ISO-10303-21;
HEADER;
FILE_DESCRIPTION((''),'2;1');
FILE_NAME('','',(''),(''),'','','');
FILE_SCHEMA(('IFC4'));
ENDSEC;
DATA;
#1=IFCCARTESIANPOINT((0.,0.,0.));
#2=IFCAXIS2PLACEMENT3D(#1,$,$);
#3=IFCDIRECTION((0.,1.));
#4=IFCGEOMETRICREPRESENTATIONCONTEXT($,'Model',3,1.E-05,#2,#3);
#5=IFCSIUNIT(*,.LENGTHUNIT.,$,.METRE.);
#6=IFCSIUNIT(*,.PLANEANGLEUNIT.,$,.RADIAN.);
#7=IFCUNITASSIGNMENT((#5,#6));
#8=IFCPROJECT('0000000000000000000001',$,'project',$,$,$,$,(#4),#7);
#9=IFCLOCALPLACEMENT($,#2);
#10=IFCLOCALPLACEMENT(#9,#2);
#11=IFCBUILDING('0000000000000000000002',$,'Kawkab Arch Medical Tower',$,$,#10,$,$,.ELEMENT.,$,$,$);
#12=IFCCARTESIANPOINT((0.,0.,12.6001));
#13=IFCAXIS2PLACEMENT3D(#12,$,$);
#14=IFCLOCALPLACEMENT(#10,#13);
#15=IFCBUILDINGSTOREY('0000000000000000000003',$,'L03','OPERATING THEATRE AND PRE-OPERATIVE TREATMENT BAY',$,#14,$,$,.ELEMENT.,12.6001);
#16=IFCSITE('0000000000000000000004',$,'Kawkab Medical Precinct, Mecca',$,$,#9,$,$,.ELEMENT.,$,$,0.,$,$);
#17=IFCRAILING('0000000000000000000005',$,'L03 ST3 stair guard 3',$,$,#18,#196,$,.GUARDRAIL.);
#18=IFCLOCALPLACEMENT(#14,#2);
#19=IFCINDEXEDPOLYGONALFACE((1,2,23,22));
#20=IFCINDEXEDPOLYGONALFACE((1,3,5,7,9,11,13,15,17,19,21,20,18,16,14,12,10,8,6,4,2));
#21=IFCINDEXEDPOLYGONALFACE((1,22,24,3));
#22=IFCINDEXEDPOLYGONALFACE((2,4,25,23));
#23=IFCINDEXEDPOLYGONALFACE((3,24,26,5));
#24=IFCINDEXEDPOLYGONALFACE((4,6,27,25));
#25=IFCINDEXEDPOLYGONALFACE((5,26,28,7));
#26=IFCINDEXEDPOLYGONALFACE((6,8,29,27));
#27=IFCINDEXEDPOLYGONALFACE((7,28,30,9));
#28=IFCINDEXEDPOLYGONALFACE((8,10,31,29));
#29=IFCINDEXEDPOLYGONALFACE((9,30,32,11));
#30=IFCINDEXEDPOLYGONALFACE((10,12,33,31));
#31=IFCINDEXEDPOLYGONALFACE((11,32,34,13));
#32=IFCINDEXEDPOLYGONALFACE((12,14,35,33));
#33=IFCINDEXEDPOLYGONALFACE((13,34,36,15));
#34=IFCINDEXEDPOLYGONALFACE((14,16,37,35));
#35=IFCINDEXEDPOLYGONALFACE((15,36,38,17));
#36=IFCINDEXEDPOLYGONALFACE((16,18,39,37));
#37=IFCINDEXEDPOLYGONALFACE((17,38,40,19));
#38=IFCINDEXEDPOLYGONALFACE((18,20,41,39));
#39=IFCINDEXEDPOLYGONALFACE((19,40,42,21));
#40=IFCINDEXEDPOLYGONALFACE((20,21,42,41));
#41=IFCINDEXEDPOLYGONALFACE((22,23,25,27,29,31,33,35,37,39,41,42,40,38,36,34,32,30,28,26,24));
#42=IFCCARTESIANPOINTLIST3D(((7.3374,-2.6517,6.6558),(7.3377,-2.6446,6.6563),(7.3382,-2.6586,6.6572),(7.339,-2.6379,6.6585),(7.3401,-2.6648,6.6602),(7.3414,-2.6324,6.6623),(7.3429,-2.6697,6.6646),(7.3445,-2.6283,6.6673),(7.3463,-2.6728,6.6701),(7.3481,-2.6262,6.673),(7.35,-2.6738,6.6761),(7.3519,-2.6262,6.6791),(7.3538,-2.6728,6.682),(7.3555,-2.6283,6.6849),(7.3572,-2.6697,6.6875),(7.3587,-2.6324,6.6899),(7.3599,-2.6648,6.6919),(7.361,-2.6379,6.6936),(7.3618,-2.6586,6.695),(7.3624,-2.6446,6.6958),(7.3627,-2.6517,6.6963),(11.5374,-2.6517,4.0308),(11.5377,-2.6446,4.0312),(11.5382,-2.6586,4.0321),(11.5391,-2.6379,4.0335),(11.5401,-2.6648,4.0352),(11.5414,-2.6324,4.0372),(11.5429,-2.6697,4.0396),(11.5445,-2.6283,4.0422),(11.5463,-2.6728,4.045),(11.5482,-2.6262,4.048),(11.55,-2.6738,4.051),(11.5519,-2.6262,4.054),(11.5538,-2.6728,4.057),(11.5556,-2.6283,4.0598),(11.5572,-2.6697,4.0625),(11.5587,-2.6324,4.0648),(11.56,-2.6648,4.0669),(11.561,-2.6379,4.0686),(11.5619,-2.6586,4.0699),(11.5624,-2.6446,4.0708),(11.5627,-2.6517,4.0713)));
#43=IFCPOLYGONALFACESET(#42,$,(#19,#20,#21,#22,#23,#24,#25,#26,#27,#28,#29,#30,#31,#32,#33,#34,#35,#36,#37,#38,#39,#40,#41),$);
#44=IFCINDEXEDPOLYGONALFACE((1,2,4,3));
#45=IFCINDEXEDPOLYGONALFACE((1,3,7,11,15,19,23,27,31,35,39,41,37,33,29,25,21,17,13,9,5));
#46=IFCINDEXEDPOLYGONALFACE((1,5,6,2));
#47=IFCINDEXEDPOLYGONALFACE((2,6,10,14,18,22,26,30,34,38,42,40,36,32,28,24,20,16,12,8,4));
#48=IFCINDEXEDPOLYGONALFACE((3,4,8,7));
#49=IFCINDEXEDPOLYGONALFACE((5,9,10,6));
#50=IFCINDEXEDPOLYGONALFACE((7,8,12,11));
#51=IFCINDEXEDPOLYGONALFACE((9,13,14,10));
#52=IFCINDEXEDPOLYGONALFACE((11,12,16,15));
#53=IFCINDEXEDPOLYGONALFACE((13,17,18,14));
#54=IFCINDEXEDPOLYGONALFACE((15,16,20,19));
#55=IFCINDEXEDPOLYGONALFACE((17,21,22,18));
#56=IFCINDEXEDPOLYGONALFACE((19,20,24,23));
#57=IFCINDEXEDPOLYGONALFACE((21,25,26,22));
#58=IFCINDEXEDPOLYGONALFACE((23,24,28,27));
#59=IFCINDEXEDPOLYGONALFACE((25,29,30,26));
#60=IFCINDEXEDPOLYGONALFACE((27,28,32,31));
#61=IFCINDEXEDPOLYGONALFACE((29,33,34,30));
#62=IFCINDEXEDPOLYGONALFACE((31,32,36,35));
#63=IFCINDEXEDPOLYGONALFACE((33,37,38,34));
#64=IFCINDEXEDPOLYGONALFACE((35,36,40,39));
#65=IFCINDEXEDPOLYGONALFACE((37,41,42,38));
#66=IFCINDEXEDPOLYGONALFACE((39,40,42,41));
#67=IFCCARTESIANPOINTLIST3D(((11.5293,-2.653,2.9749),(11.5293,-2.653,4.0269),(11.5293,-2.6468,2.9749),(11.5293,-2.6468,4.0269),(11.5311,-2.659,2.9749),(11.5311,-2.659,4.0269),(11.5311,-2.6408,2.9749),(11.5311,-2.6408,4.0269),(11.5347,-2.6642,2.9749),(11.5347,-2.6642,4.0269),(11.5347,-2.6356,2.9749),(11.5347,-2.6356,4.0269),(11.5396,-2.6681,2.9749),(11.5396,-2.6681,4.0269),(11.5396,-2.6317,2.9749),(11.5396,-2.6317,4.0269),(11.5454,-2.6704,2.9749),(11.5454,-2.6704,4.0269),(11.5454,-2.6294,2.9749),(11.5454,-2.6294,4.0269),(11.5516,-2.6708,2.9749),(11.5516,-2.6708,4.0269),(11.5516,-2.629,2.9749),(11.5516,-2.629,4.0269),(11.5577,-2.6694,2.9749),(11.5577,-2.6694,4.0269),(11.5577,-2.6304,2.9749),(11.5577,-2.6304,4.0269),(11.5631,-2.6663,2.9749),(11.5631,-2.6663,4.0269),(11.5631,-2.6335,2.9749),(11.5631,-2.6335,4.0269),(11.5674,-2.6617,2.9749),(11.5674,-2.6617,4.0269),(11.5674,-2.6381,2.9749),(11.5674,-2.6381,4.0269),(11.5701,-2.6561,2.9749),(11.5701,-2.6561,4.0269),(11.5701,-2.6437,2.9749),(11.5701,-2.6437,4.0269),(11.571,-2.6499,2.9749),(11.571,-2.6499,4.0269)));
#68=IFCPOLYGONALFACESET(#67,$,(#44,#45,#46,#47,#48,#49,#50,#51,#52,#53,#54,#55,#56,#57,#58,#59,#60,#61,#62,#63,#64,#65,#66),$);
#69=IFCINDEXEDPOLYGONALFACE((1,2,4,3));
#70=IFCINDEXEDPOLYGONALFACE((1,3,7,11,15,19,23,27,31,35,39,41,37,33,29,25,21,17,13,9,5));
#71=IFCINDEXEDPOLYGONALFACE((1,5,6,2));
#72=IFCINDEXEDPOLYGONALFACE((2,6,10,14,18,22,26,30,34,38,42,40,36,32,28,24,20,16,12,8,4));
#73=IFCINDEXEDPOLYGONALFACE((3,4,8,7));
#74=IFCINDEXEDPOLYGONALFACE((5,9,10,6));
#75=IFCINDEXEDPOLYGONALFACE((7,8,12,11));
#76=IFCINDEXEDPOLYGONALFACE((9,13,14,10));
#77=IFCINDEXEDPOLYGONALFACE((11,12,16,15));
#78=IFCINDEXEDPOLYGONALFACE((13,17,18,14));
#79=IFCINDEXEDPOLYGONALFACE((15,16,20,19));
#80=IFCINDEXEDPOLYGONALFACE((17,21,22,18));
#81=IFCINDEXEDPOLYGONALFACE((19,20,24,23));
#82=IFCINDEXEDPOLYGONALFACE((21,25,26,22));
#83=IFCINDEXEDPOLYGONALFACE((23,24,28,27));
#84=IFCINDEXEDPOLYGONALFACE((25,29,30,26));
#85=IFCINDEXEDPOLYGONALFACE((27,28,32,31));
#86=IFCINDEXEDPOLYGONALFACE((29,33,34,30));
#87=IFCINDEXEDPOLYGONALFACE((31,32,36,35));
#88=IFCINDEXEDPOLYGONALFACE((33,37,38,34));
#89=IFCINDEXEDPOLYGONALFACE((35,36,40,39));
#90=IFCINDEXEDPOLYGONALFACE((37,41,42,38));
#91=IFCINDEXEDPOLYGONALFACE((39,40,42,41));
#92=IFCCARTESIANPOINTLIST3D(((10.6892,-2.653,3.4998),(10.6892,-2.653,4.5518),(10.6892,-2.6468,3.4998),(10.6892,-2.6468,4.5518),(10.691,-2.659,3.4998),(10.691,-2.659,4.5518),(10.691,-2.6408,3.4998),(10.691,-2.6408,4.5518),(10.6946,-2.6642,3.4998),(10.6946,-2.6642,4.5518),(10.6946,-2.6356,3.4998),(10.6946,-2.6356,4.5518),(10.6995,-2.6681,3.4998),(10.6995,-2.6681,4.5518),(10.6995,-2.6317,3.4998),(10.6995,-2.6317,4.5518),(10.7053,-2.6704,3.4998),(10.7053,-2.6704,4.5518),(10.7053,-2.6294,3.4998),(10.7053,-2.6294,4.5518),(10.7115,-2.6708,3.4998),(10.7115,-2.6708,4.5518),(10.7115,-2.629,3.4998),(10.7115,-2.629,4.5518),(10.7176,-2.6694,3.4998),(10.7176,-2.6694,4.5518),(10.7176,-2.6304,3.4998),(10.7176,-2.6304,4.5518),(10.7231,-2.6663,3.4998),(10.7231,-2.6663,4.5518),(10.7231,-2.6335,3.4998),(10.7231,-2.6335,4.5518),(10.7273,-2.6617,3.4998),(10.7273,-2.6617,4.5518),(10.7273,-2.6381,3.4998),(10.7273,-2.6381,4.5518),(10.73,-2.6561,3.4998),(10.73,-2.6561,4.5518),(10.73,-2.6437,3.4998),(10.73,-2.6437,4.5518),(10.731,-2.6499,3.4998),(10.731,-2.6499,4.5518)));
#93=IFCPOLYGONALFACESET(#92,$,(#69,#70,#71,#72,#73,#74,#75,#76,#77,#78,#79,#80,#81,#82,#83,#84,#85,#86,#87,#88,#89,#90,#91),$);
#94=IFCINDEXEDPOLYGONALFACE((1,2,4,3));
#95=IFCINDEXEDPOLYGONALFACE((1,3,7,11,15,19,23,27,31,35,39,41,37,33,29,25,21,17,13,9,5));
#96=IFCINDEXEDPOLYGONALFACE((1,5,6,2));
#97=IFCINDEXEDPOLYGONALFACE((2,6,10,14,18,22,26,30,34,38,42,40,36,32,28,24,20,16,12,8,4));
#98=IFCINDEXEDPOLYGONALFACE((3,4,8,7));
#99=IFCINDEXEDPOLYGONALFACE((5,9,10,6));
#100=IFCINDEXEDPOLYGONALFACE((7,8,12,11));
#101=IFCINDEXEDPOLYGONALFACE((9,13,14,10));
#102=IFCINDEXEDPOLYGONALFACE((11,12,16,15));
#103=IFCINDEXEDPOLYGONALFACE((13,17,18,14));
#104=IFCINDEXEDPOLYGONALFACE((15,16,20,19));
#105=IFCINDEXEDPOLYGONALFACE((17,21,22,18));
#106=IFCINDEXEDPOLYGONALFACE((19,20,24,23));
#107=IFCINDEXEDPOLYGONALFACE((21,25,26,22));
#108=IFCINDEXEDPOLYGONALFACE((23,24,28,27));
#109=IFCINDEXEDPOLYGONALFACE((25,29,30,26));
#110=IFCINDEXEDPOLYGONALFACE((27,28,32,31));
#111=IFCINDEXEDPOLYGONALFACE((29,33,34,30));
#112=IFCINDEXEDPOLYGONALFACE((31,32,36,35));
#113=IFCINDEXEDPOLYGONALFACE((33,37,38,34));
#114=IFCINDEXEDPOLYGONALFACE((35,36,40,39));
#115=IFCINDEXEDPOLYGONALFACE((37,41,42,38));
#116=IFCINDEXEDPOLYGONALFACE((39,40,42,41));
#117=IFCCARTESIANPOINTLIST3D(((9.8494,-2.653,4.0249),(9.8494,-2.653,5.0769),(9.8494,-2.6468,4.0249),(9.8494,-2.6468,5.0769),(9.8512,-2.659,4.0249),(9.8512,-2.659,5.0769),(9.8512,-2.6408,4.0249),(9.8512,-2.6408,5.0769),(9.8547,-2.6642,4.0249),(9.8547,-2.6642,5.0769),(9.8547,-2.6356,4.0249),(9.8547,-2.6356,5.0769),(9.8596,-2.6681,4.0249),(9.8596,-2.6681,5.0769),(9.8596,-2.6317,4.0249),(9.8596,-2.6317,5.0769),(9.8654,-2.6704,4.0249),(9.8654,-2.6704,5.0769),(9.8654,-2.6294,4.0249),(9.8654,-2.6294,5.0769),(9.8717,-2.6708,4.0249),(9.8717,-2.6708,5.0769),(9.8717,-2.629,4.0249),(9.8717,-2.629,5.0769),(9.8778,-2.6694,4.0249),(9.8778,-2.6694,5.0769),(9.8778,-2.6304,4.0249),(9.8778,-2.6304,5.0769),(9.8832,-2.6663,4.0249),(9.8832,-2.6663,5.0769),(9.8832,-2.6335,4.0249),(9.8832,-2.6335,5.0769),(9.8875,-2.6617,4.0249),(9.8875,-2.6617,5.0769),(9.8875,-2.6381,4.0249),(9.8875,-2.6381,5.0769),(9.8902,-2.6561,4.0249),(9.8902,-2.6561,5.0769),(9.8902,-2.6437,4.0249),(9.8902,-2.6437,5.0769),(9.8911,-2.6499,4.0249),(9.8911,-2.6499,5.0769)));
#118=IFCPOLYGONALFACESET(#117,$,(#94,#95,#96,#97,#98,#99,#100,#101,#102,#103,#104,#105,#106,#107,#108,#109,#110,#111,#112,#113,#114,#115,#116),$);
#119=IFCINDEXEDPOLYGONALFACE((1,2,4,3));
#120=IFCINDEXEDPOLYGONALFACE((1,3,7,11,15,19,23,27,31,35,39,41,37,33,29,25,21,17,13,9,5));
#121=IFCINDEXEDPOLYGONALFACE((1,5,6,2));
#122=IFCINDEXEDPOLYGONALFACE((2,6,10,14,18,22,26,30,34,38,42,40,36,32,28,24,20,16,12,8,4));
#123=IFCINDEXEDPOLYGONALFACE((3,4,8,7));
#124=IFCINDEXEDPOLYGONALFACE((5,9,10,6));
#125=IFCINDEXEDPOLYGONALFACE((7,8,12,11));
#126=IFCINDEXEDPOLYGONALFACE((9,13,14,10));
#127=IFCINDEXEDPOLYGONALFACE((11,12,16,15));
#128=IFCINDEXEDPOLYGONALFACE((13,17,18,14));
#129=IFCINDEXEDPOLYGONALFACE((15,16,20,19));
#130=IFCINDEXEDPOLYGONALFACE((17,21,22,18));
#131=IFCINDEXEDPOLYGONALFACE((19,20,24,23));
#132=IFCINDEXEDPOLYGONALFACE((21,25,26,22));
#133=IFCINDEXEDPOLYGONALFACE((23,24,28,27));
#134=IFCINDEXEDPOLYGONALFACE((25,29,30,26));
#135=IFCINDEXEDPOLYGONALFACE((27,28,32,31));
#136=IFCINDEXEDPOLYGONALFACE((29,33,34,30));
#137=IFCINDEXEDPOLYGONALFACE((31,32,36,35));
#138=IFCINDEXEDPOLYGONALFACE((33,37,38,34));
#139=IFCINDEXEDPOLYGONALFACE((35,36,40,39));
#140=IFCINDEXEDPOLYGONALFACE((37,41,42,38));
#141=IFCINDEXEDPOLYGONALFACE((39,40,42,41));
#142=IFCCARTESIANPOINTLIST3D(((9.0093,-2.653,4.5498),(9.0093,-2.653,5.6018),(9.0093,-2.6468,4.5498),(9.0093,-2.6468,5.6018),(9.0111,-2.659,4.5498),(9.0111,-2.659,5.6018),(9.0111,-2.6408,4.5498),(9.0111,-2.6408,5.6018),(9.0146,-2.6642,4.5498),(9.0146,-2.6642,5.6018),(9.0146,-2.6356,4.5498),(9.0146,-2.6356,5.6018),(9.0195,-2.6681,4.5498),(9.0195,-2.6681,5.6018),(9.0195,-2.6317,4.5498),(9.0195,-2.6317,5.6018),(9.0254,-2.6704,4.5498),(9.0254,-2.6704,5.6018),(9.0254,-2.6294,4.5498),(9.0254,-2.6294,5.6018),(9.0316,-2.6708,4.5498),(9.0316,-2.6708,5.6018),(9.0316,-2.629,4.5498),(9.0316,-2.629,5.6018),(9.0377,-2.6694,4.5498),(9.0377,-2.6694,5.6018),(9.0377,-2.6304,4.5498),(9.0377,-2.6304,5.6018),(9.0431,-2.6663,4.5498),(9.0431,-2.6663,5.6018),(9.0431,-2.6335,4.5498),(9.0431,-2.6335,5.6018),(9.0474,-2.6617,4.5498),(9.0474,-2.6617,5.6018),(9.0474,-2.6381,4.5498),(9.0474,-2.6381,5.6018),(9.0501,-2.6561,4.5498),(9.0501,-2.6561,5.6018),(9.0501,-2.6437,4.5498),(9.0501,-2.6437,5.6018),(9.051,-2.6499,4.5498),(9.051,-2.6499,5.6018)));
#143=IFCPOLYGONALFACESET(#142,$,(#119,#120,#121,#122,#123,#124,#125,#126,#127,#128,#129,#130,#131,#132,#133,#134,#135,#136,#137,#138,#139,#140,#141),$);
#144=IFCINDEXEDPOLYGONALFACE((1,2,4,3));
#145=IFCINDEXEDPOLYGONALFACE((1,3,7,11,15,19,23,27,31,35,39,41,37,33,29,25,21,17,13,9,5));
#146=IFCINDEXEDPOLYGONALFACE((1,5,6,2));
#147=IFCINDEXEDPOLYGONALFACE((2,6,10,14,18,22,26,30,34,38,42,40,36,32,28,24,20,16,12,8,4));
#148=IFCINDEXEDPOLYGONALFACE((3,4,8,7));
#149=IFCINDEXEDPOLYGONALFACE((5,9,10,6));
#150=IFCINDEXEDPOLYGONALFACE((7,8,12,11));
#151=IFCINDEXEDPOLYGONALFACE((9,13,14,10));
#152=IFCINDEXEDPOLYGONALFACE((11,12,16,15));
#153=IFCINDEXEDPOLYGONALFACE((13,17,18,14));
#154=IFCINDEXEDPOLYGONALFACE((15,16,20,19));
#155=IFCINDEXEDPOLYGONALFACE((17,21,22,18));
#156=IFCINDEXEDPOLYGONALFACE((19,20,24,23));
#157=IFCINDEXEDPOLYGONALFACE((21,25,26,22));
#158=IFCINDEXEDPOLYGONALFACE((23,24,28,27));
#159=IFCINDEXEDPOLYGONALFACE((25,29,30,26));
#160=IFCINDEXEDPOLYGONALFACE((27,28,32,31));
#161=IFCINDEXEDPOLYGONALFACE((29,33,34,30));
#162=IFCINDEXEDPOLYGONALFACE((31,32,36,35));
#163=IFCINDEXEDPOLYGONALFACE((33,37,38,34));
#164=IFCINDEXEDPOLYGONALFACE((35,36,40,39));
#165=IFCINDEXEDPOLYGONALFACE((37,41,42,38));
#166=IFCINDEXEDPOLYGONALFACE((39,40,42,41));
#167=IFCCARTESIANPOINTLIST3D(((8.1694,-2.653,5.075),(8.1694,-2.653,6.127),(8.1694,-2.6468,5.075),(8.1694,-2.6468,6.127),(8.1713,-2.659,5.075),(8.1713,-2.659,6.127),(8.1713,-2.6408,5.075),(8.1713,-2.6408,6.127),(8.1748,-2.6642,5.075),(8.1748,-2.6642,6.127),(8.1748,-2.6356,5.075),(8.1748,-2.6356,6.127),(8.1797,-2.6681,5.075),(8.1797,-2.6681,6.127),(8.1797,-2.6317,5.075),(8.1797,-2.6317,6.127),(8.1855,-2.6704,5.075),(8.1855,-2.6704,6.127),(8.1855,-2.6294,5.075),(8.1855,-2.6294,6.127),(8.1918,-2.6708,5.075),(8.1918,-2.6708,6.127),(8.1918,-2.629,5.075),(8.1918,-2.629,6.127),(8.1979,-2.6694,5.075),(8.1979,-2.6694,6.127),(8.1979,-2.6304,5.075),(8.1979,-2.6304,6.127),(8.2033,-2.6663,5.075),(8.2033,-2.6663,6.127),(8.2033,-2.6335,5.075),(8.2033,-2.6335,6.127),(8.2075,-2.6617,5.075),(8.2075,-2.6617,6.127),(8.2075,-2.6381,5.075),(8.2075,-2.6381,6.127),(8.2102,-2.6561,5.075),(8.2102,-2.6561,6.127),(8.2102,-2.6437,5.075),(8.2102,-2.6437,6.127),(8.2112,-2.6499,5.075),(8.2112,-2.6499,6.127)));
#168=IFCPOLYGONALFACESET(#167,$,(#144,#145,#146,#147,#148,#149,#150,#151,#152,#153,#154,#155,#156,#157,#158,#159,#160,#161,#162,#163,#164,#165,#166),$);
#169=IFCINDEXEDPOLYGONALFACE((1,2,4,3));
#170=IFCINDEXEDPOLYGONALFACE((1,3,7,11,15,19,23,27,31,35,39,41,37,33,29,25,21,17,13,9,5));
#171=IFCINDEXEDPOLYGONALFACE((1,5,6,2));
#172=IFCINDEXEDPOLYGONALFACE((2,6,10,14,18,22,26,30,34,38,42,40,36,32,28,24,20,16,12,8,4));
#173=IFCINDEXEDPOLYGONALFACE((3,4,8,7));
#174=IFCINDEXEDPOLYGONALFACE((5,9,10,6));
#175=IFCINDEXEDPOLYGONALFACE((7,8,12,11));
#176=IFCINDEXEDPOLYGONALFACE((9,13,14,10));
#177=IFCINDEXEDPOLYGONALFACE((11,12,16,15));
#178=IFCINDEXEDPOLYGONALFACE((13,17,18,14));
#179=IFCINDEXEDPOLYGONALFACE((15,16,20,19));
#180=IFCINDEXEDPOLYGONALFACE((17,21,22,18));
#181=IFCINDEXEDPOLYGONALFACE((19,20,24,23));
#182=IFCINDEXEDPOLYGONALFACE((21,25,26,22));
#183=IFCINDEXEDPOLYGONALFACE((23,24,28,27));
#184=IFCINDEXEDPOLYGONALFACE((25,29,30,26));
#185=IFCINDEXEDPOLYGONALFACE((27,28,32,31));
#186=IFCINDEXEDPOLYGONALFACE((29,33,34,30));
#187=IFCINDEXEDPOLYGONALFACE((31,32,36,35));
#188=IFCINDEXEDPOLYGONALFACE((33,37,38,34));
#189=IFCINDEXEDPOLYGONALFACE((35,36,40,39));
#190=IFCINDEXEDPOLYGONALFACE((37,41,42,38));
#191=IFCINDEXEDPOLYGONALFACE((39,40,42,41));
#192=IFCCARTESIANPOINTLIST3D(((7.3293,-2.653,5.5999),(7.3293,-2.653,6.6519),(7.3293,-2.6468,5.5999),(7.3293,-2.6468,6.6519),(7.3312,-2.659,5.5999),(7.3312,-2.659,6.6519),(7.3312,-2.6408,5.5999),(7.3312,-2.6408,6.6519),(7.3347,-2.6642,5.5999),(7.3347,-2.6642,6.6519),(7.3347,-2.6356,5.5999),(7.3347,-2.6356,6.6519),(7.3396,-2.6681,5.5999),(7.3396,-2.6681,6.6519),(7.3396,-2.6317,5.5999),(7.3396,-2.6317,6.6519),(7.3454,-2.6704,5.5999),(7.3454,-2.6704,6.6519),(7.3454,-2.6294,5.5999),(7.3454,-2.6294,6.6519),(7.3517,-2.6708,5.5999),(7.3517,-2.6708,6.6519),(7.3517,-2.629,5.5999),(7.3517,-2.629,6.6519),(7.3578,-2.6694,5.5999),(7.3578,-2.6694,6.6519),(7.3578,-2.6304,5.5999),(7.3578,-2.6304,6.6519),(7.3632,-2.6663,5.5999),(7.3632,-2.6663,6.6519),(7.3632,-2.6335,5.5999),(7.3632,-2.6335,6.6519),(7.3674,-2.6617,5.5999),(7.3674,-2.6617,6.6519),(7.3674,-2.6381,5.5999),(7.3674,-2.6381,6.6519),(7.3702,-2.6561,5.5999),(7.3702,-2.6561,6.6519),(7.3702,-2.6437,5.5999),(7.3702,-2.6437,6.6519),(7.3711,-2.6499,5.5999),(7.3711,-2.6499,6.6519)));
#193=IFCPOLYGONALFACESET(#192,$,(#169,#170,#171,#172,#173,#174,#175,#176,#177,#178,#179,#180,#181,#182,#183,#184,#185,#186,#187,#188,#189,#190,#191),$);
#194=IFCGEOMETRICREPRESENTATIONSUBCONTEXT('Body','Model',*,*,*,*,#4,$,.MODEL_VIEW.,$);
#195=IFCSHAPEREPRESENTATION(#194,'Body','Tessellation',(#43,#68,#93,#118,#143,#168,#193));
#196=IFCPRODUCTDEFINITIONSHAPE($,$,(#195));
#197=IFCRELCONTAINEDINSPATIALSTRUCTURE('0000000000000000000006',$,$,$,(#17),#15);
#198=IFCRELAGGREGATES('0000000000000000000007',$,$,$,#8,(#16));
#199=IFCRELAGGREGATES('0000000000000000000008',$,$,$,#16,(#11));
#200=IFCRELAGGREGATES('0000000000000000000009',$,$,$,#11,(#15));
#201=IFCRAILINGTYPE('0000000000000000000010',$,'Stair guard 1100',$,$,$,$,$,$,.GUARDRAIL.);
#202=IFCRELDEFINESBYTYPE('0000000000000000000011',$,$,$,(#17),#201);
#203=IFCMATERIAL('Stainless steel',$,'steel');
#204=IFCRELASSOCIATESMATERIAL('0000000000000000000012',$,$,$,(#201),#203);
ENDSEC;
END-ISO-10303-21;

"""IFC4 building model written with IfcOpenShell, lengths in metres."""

from ifc_helpers import new_model, si_unit, direction, frame, origin, origin_2d, place, context, subcontext, project, spatial, circle, extrude, material, type_object, element, save


model = new_model("IFC4")

# Units and contexts
model_context = context("Model", 3, precision=1e-05, world=origin(), true_north=direction((0.0, 1.0)))
body_context = subcontext(model_context, "Body", "Model", "MODEL_VIEW")
ifc_project = project(units=[si_unit("LENGTHUNIT", "METRE"), si_unit("PLANEANGLEUNIT", "RADIAN")], contexts=[model_context])

# Site, building, storey
site_placement = place(None, origin())
site = spatial("IfcSite", under=ifc_project, at=site_placement, Name="Kawkab Medical Precinct, Mecca", CompositionType="ELEMENT", RefElevation=0.0)
building_placement = place(site_placement, origin())
building = spatial("IfcBuilding", under=site, at=building_placement, Name="Kawkab Arch Medical Tower", CompositionType="ELEMENT")
storey_placement = place(building_placement, frame((0.0, 0.0, 12.6001)))
storey = spatial("IfcBuildingStorey", under=building, at=storey_placement, Name="L03", Description="OPERATING THEATRE AND PRE-OPERATIVE TREATMENT BAY", CompositionType="ELEMENT", Elevation=12.6001)

# Railing
ifc_material_1 = material(Name="Stainless steel", Category="steel")
railing_type = type_object("IfcRailingType", Name="Stair guard 1100", PredefinedType="GUARDRAIL", material=ifc_material_1)
railing_1_placement = place(storey_placement, frame((11.55, -2.6499, 2.9749)))
element("IfcRailing", 1, at=railing_1_placement, inside=storey, type_object=railing_type, Name="L03 ST3 stair guard 3", PredefinedType="GUARDRAIL", context=body_context, shape_type="SweptSolid", body=[
    extrude(circle(Radius=0.0239, at=origin_2d()), frame((0.0, 0.0, 1.0762), z_axis=(-0.847996, 0.0, 0.530003), x_axis=(0.0, -1.0, 0.0)), (0.0, 0.0, 1.0), 4.9529),
    extrude(circle(Radius=0.021, at=origin_2d()), origin(), (0.0, 0.0, 1.0), 1.052),
    extrude(circle(Radius=0.021, at=origin_2d()), frame((-0.8401, 0.0, 0.5249)), (0.0, 0.0, 1.0), 1.052),
    extrude(circle(Radius=0.021, at=origin_2d()), frame((-1.6799, 0.0, 1.05)), (0.0, 0.0, 1.0), 1.052),
    extrude(circle(Radius=0.021, at=origin_2d()), frame((-2.52, 0.0, 1.575)), (0.0, 0.0, 1.0), 1.052),
    extrude(circle(Radius=0.021, at=origin_2d()), frame((-3.3599, 0.0, 2.1001)), (0.0, 0.0, 1.0), 1.052),
    extrude(circle(Radius=0.021, at=origin_2d()), frame((-4.2, 0.0, 2.625)), (0.0, 0.0, 1.0), 1.052),
])

save(model, "model.ifc")
